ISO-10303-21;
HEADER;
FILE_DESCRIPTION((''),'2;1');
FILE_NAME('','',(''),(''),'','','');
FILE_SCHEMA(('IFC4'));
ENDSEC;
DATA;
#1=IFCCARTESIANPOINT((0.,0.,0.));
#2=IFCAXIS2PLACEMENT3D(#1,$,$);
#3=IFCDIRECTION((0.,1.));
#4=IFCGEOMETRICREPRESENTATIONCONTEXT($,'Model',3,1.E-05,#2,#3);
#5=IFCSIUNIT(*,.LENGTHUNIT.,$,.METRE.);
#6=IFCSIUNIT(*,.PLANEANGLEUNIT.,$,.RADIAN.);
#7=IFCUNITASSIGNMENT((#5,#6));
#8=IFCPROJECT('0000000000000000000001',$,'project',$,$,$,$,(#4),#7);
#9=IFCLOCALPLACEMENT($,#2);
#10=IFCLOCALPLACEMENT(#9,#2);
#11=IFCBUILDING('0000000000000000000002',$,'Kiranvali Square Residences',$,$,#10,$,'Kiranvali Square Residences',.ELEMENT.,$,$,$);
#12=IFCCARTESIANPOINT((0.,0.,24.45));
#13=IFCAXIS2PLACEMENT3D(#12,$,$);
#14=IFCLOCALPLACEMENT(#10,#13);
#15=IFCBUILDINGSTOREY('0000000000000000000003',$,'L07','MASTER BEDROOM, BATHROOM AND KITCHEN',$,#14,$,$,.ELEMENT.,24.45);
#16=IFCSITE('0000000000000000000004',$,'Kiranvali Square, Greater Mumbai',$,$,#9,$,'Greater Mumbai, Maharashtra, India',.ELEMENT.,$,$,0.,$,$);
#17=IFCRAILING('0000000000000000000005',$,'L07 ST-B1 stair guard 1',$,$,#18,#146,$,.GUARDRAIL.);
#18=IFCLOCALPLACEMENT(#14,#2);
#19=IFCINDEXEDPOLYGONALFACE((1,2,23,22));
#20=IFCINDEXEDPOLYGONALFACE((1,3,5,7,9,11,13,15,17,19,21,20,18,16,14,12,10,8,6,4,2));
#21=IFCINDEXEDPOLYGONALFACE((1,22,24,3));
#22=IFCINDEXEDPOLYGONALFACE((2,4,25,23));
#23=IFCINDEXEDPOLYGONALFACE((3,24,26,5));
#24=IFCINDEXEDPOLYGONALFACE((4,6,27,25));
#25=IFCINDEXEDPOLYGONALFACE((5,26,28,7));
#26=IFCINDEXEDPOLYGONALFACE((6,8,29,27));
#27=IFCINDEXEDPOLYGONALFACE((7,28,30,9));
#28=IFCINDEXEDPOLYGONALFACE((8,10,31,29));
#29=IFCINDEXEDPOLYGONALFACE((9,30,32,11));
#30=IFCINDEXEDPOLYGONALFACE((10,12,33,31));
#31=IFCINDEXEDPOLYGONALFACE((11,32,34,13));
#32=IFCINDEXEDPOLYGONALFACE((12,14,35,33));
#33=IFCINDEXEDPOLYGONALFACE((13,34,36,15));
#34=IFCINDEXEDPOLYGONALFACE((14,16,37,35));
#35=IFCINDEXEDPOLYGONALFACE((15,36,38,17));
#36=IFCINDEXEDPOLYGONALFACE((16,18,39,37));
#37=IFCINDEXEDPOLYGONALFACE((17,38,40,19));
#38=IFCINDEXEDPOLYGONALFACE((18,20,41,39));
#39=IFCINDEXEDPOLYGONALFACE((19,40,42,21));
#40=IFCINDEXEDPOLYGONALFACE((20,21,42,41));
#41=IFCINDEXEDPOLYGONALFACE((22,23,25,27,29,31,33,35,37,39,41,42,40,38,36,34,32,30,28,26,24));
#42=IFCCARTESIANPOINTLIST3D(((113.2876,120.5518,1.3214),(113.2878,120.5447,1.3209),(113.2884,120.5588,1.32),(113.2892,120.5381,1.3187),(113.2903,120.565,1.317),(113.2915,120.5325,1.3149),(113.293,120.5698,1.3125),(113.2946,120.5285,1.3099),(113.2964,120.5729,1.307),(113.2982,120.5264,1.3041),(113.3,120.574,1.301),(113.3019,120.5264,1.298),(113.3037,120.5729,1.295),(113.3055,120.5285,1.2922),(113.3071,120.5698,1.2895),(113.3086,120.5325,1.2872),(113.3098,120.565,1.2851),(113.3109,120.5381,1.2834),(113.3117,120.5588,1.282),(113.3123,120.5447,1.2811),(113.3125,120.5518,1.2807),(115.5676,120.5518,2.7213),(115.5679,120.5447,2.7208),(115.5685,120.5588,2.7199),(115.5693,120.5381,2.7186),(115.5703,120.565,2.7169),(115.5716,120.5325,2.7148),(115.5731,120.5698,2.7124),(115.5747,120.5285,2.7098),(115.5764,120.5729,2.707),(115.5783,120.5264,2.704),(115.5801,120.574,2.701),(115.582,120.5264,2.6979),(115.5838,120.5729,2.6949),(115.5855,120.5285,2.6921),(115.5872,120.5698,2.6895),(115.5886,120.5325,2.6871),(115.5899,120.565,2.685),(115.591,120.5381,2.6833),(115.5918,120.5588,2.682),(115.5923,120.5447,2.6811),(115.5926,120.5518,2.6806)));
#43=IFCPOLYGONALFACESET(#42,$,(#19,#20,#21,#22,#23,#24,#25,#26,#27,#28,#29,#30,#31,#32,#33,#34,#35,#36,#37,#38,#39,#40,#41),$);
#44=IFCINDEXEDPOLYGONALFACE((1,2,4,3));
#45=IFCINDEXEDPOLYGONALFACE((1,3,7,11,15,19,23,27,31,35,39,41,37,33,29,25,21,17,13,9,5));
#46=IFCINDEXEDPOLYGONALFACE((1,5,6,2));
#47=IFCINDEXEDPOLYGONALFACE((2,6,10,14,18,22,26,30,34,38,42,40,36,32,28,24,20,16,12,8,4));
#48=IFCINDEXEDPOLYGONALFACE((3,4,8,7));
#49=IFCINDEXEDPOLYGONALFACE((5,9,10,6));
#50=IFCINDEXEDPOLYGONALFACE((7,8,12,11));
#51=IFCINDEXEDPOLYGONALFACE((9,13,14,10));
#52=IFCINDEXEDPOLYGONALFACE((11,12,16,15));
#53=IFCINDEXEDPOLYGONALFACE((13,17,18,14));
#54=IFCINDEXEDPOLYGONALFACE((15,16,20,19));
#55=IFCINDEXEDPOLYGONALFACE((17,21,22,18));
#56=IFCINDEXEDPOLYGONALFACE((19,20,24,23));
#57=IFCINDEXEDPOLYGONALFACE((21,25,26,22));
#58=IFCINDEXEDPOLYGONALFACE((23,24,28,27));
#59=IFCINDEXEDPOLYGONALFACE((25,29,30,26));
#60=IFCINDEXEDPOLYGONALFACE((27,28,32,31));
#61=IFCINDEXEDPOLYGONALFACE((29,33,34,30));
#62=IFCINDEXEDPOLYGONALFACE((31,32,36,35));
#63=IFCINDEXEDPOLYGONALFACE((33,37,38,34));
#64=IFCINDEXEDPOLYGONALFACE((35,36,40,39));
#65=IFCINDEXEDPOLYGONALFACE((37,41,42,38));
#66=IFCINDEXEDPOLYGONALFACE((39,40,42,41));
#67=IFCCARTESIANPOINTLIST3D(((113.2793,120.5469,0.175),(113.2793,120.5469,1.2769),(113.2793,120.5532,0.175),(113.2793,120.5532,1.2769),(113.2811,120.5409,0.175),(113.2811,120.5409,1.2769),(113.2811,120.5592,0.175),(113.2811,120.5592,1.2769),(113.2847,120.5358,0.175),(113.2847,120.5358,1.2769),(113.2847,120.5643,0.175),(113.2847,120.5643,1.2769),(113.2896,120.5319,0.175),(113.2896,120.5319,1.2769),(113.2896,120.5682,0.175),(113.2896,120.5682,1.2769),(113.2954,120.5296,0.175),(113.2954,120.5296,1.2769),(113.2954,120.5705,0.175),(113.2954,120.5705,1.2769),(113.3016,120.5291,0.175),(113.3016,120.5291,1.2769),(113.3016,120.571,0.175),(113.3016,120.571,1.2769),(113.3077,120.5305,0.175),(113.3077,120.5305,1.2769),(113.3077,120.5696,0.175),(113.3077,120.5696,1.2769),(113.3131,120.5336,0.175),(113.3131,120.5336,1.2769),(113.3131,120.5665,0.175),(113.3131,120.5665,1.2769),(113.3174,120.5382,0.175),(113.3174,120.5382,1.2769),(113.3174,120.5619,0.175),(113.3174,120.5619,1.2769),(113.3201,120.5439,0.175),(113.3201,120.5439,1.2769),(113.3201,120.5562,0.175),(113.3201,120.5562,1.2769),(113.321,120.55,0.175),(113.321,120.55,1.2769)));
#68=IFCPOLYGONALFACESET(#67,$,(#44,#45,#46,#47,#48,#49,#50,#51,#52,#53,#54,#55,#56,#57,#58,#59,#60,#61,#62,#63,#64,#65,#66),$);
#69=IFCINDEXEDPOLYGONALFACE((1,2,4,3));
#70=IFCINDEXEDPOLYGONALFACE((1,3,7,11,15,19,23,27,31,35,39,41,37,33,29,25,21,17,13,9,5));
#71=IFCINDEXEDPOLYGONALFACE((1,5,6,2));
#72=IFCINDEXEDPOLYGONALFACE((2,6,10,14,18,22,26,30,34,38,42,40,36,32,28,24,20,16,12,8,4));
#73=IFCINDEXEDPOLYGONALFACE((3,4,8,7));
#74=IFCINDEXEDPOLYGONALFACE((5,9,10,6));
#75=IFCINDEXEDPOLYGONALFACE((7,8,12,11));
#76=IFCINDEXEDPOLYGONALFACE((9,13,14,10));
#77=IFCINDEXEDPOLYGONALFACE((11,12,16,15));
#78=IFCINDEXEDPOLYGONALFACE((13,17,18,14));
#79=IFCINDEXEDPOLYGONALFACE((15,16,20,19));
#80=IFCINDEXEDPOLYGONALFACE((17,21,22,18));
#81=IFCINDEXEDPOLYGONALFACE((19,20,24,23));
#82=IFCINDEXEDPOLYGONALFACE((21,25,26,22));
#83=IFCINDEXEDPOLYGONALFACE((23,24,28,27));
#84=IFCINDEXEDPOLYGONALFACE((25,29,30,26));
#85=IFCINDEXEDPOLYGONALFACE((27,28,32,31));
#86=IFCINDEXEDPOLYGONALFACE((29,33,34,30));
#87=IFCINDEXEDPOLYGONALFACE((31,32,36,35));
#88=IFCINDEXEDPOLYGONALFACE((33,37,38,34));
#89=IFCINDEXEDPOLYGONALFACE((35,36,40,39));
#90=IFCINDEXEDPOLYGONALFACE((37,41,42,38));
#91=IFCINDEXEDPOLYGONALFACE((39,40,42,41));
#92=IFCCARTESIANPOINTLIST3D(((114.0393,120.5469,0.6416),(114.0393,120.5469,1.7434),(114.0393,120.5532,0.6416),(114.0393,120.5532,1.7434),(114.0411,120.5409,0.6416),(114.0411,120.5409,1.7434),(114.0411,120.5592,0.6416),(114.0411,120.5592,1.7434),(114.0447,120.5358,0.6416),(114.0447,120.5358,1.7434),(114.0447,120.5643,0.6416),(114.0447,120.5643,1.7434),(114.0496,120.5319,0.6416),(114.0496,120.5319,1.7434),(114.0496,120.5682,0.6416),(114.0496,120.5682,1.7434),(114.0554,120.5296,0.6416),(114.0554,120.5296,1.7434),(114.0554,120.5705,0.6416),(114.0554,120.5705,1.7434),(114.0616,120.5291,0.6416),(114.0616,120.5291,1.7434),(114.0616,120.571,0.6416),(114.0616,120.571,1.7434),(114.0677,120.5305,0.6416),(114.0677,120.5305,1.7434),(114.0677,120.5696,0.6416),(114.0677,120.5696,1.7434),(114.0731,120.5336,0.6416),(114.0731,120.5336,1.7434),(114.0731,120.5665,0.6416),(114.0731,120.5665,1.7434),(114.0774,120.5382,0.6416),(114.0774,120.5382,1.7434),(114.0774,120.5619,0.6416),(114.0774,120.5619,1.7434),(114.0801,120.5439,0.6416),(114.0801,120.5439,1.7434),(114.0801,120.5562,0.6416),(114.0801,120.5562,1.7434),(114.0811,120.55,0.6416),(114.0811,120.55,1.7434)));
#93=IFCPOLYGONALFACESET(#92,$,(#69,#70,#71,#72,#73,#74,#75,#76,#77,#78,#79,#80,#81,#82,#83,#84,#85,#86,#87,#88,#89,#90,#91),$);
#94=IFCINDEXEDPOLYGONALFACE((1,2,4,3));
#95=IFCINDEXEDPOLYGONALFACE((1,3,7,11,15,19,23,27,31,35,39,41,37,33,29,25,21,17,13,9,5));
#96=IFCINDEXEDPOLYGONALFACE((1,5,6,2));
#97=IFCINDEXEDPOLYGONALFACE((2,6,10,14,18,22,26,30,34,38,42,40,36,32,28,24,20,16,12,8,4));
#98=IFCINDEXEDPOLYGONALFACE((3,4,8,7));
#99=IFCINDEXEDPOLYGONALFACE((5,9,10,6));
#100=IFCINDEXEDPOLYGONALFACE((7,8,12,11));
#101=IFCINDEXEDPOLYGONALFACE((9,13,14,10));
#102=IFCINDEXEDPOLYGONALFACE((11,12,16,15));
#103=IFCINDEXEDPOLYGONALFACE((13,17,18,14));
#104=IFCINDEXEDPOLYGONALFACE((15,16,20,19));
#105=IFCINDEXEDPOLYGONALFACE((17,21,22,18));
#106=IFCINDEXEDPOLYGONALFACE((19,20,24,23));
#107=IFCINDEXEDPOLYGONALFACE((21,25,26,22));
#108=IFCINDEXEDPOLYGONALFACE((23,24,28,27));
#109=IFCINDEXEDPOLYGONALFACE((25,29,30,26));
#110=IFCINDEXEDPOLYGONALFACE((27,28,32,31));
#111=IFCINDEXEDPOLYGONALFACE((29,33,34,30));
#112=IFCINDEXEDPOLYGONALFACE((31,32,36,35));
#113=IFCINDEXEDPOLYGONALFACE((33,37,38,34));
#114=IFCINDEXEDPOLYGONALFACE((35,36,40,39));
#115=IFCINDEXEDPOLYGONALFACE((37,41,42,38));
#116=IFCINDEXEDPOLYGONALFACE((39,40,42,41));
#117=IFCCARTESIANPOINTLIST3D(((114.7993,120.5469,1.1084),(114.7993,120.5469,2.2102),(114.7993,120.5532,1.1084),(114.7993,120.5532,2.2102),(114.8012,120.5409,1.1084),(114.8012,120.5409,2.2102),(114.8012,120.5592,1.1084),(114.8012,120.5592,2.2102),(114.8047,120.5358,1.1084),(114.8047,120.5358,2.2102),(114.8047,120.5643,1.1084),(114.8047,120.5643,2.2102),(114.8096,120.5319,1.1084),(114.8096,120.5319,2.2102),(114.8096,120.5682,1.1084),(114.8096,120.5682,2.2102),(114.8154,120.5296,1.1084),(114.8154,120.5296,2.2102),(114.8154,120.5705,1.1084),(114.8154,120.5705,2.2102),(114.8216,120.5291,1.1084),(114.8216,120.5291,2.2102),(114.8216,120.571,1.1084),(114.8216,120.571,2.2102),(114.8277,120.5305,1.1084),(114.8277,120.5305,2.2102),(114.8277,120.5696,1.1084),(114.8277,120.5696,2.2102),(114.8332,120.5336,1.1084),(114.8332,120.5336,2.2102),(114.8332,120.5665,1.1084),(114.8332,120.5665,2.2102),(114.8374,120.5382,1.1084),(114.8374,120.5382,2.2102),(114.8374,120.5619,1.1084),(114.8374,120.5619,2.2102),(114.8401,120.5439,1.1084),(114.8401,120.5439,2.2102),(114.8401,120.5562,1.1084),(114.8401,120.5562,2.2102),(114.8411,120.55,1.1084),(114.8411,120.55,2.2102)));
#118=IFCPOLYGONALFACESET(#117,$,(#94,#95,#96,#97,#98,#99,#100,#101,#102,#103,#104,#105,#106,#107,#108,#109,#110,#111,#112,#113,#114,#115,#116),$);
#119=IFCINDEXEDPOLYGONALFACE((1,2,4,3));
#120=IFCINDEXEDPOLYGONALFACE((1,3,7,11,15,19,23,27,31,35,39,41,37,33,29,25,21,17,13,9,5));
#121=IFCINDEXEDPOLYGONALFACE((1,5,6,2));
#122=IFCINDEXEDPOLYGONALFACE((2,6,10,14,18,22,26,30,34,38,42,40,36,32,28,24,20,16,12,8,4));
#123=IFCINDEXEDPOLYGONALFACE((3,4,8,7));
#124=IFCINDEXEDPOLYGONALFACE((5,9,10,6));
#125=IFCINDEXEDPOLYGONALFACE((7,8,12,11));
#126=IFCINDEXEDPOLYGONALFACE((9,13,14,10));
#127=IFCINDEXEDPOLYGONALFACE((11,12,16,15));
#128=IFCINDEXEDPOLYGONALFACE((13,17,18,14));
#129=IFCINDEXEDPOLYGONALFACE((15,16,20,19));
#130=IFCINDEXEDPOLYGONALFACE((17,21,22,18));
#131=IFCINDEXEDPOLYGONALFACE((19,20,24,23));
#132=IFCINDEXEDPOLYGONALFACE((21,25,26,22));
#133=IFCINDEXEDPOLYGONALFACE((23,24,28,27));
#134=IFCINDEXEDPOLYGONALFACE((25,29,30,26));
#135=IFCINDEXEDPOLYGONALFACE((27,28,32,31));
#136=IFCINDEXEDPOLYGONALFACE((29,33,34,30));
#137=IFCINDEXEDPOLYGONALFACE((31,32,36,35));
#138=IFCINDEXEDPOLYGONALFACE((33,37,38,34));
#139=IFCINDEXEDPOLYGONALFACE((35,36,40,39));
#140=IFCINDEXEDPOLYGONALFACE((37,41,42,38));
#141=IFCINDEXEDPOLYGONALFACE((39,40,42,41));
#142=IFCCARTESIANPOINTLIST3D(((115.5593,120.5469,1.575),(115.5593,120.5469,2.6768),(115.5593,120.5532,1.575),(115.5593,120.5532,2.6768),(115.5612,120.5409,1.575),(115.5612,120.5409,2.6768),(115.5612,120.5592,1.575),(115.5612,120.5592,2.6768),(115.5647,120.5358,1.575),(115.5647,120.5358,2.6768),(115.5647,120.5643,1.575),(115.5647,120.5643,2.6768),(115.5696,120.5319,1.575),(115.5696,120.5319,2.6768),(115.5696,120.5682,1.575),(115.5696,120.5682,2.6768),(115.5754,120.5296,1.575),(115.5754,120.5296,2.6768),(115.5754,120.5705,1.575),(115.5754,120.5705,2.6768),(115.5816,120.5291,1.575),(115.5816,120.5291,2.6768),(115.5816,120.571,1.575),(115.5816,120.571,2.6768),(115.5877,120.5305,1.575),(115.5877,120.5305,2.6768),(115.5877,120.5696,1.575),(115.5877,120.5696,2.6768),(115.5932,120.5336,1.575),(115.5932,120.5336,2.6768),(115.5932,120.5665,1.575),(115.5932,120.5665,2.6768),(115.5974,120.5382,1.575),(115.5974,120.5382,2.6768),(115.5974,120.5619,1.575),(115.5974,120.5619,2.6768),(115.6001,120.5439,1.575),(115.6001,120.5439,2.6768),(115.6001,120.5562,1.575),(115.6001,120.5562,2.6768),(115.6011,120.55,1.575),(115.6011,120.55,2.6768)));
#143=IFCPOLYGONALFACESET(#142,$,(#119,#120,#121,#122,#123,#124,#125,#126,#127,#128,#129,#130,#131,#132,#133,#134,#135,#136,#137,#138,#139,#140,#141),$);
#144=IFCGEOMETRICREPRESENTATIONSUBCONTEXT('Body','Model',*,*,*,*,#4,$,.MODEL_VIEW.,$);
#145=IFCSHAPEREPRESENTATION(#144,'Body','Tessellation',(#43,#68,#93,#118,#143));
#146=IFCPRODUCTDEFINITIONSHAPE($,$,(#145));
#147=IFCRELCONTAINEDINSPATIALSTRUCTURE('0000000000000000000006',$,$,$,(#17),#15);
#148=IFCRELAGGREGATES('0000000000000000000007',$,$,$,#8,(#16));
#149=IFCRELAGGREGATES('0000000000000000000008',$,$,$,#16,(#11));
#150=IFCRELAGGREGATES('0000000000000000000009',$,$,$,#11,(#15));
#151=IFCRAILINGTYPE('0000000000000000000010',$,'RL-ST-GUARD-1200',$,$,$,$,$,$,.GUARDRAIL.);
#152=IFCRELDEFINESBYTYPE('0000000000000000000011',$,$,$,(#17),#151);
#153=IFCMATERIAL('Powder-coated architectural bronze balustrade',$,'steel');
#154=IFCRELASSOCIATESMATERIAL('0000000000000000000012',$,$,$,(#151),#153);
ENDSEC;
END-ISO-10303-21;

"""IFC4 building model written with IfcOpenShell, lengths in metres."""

from ifc_helpers import new_model, si_unit, direction, frame, origin, origin_2d, place, context, subcontext, project, spatial, circle, extrude, material, type_object, element, save


model = new_model("IFC4")

# Units and contexts
model_context = context("Model", 3, precision=1e-05, world=origin(), true_north=direction((0.0, 1.0)))
body_context = subcontext(model_context, "Body", "Model", "MODEL_VIEW")
ifc_project = project(units=[si_unit("LENGTHUNIT", "METRE"), si_unit("PLANEANGLEUNIT", "RADIAN")], contexts=[model_context])

# Site, building, storey
site_placement = place(None, origin())
site = spatial("IfcSite", under=ifc_project, at=site_placement, Name="Kiranvali Square, Greater Mumbai", LongName="Greater Mumbai, Maharashtra, India", CompositionType="ELEMENT", RefElevation=0.0)
building_placement = place(site_placement, origin())
building = spatial("IfcBuilding", under=site, at=building_placement, Name="Kiranvali Square Residences", LongName="Kiranvali Square Residences", CompositionType="ELEMENT")
storey_placement = place(building_placement, frame((0.0, 0.0, 24.45)))
storey = spatial("IfcBuildingStorey", under=building, at=storey_placement, Name="L07", Description="MASTER BEDROOM, BATHROOM AND KITCHEN", CompositionType="ELEMENT", Elevation=24.45)

# Railing
ifc_material_1 = material(Name="Powder-coated architectural bronze balustrade", Category="steel")
railing_type_1 = type_object("IfcRailingType", Name="RL-ST-GUARD-1200", PredefinedType="GUARDRAIL", material=ifc_material_1)
railing_1_placement = place(storey_placement, frame((113.3, 120.55, 0.175)))
element("IfcRailing", 1, at=railing_1_placement, inside=storey, type_object=railing_type_1, Name="L07 ST-B1 stair guard 1", PredefinedType="GUARDRAIL", context=body_context, shape_type="SweptSolid", body=[
    extrude(circle(Radius=0.0239, at=origin_2d()), frame((0.0, 0.0, 1.126), z_axis=(0.85219, 0.0, 0.523232), x_axis=(0.0, 1.0, 0.0)), (0.0, 0.0, 1.0), 2.6755),
    extrude(circle(Radius=0.021, at=origin_2d()), origin(), (0.0, 0.0, 1.0), 1.1018),
    extrude(circle(Radius=0.021, at=origin_2d()), frame((0.76, 0.0, 0.4666)), (0.0, 0.0, 1.0), 1.1018),
    extrude(circle(Radius=0.021, at=origin_2d()), frame((1.52, 0.0, 0.9333)), (0.0, 0.0, 1.0), 1.1018),
    extrude(circle(Radius=0.021, at=origin_2d()), frame((2.28, 0.0, 1.3999)), (0.0, 0.0, 1.0), 1.1018),
])

save(model, "model.ifc")
